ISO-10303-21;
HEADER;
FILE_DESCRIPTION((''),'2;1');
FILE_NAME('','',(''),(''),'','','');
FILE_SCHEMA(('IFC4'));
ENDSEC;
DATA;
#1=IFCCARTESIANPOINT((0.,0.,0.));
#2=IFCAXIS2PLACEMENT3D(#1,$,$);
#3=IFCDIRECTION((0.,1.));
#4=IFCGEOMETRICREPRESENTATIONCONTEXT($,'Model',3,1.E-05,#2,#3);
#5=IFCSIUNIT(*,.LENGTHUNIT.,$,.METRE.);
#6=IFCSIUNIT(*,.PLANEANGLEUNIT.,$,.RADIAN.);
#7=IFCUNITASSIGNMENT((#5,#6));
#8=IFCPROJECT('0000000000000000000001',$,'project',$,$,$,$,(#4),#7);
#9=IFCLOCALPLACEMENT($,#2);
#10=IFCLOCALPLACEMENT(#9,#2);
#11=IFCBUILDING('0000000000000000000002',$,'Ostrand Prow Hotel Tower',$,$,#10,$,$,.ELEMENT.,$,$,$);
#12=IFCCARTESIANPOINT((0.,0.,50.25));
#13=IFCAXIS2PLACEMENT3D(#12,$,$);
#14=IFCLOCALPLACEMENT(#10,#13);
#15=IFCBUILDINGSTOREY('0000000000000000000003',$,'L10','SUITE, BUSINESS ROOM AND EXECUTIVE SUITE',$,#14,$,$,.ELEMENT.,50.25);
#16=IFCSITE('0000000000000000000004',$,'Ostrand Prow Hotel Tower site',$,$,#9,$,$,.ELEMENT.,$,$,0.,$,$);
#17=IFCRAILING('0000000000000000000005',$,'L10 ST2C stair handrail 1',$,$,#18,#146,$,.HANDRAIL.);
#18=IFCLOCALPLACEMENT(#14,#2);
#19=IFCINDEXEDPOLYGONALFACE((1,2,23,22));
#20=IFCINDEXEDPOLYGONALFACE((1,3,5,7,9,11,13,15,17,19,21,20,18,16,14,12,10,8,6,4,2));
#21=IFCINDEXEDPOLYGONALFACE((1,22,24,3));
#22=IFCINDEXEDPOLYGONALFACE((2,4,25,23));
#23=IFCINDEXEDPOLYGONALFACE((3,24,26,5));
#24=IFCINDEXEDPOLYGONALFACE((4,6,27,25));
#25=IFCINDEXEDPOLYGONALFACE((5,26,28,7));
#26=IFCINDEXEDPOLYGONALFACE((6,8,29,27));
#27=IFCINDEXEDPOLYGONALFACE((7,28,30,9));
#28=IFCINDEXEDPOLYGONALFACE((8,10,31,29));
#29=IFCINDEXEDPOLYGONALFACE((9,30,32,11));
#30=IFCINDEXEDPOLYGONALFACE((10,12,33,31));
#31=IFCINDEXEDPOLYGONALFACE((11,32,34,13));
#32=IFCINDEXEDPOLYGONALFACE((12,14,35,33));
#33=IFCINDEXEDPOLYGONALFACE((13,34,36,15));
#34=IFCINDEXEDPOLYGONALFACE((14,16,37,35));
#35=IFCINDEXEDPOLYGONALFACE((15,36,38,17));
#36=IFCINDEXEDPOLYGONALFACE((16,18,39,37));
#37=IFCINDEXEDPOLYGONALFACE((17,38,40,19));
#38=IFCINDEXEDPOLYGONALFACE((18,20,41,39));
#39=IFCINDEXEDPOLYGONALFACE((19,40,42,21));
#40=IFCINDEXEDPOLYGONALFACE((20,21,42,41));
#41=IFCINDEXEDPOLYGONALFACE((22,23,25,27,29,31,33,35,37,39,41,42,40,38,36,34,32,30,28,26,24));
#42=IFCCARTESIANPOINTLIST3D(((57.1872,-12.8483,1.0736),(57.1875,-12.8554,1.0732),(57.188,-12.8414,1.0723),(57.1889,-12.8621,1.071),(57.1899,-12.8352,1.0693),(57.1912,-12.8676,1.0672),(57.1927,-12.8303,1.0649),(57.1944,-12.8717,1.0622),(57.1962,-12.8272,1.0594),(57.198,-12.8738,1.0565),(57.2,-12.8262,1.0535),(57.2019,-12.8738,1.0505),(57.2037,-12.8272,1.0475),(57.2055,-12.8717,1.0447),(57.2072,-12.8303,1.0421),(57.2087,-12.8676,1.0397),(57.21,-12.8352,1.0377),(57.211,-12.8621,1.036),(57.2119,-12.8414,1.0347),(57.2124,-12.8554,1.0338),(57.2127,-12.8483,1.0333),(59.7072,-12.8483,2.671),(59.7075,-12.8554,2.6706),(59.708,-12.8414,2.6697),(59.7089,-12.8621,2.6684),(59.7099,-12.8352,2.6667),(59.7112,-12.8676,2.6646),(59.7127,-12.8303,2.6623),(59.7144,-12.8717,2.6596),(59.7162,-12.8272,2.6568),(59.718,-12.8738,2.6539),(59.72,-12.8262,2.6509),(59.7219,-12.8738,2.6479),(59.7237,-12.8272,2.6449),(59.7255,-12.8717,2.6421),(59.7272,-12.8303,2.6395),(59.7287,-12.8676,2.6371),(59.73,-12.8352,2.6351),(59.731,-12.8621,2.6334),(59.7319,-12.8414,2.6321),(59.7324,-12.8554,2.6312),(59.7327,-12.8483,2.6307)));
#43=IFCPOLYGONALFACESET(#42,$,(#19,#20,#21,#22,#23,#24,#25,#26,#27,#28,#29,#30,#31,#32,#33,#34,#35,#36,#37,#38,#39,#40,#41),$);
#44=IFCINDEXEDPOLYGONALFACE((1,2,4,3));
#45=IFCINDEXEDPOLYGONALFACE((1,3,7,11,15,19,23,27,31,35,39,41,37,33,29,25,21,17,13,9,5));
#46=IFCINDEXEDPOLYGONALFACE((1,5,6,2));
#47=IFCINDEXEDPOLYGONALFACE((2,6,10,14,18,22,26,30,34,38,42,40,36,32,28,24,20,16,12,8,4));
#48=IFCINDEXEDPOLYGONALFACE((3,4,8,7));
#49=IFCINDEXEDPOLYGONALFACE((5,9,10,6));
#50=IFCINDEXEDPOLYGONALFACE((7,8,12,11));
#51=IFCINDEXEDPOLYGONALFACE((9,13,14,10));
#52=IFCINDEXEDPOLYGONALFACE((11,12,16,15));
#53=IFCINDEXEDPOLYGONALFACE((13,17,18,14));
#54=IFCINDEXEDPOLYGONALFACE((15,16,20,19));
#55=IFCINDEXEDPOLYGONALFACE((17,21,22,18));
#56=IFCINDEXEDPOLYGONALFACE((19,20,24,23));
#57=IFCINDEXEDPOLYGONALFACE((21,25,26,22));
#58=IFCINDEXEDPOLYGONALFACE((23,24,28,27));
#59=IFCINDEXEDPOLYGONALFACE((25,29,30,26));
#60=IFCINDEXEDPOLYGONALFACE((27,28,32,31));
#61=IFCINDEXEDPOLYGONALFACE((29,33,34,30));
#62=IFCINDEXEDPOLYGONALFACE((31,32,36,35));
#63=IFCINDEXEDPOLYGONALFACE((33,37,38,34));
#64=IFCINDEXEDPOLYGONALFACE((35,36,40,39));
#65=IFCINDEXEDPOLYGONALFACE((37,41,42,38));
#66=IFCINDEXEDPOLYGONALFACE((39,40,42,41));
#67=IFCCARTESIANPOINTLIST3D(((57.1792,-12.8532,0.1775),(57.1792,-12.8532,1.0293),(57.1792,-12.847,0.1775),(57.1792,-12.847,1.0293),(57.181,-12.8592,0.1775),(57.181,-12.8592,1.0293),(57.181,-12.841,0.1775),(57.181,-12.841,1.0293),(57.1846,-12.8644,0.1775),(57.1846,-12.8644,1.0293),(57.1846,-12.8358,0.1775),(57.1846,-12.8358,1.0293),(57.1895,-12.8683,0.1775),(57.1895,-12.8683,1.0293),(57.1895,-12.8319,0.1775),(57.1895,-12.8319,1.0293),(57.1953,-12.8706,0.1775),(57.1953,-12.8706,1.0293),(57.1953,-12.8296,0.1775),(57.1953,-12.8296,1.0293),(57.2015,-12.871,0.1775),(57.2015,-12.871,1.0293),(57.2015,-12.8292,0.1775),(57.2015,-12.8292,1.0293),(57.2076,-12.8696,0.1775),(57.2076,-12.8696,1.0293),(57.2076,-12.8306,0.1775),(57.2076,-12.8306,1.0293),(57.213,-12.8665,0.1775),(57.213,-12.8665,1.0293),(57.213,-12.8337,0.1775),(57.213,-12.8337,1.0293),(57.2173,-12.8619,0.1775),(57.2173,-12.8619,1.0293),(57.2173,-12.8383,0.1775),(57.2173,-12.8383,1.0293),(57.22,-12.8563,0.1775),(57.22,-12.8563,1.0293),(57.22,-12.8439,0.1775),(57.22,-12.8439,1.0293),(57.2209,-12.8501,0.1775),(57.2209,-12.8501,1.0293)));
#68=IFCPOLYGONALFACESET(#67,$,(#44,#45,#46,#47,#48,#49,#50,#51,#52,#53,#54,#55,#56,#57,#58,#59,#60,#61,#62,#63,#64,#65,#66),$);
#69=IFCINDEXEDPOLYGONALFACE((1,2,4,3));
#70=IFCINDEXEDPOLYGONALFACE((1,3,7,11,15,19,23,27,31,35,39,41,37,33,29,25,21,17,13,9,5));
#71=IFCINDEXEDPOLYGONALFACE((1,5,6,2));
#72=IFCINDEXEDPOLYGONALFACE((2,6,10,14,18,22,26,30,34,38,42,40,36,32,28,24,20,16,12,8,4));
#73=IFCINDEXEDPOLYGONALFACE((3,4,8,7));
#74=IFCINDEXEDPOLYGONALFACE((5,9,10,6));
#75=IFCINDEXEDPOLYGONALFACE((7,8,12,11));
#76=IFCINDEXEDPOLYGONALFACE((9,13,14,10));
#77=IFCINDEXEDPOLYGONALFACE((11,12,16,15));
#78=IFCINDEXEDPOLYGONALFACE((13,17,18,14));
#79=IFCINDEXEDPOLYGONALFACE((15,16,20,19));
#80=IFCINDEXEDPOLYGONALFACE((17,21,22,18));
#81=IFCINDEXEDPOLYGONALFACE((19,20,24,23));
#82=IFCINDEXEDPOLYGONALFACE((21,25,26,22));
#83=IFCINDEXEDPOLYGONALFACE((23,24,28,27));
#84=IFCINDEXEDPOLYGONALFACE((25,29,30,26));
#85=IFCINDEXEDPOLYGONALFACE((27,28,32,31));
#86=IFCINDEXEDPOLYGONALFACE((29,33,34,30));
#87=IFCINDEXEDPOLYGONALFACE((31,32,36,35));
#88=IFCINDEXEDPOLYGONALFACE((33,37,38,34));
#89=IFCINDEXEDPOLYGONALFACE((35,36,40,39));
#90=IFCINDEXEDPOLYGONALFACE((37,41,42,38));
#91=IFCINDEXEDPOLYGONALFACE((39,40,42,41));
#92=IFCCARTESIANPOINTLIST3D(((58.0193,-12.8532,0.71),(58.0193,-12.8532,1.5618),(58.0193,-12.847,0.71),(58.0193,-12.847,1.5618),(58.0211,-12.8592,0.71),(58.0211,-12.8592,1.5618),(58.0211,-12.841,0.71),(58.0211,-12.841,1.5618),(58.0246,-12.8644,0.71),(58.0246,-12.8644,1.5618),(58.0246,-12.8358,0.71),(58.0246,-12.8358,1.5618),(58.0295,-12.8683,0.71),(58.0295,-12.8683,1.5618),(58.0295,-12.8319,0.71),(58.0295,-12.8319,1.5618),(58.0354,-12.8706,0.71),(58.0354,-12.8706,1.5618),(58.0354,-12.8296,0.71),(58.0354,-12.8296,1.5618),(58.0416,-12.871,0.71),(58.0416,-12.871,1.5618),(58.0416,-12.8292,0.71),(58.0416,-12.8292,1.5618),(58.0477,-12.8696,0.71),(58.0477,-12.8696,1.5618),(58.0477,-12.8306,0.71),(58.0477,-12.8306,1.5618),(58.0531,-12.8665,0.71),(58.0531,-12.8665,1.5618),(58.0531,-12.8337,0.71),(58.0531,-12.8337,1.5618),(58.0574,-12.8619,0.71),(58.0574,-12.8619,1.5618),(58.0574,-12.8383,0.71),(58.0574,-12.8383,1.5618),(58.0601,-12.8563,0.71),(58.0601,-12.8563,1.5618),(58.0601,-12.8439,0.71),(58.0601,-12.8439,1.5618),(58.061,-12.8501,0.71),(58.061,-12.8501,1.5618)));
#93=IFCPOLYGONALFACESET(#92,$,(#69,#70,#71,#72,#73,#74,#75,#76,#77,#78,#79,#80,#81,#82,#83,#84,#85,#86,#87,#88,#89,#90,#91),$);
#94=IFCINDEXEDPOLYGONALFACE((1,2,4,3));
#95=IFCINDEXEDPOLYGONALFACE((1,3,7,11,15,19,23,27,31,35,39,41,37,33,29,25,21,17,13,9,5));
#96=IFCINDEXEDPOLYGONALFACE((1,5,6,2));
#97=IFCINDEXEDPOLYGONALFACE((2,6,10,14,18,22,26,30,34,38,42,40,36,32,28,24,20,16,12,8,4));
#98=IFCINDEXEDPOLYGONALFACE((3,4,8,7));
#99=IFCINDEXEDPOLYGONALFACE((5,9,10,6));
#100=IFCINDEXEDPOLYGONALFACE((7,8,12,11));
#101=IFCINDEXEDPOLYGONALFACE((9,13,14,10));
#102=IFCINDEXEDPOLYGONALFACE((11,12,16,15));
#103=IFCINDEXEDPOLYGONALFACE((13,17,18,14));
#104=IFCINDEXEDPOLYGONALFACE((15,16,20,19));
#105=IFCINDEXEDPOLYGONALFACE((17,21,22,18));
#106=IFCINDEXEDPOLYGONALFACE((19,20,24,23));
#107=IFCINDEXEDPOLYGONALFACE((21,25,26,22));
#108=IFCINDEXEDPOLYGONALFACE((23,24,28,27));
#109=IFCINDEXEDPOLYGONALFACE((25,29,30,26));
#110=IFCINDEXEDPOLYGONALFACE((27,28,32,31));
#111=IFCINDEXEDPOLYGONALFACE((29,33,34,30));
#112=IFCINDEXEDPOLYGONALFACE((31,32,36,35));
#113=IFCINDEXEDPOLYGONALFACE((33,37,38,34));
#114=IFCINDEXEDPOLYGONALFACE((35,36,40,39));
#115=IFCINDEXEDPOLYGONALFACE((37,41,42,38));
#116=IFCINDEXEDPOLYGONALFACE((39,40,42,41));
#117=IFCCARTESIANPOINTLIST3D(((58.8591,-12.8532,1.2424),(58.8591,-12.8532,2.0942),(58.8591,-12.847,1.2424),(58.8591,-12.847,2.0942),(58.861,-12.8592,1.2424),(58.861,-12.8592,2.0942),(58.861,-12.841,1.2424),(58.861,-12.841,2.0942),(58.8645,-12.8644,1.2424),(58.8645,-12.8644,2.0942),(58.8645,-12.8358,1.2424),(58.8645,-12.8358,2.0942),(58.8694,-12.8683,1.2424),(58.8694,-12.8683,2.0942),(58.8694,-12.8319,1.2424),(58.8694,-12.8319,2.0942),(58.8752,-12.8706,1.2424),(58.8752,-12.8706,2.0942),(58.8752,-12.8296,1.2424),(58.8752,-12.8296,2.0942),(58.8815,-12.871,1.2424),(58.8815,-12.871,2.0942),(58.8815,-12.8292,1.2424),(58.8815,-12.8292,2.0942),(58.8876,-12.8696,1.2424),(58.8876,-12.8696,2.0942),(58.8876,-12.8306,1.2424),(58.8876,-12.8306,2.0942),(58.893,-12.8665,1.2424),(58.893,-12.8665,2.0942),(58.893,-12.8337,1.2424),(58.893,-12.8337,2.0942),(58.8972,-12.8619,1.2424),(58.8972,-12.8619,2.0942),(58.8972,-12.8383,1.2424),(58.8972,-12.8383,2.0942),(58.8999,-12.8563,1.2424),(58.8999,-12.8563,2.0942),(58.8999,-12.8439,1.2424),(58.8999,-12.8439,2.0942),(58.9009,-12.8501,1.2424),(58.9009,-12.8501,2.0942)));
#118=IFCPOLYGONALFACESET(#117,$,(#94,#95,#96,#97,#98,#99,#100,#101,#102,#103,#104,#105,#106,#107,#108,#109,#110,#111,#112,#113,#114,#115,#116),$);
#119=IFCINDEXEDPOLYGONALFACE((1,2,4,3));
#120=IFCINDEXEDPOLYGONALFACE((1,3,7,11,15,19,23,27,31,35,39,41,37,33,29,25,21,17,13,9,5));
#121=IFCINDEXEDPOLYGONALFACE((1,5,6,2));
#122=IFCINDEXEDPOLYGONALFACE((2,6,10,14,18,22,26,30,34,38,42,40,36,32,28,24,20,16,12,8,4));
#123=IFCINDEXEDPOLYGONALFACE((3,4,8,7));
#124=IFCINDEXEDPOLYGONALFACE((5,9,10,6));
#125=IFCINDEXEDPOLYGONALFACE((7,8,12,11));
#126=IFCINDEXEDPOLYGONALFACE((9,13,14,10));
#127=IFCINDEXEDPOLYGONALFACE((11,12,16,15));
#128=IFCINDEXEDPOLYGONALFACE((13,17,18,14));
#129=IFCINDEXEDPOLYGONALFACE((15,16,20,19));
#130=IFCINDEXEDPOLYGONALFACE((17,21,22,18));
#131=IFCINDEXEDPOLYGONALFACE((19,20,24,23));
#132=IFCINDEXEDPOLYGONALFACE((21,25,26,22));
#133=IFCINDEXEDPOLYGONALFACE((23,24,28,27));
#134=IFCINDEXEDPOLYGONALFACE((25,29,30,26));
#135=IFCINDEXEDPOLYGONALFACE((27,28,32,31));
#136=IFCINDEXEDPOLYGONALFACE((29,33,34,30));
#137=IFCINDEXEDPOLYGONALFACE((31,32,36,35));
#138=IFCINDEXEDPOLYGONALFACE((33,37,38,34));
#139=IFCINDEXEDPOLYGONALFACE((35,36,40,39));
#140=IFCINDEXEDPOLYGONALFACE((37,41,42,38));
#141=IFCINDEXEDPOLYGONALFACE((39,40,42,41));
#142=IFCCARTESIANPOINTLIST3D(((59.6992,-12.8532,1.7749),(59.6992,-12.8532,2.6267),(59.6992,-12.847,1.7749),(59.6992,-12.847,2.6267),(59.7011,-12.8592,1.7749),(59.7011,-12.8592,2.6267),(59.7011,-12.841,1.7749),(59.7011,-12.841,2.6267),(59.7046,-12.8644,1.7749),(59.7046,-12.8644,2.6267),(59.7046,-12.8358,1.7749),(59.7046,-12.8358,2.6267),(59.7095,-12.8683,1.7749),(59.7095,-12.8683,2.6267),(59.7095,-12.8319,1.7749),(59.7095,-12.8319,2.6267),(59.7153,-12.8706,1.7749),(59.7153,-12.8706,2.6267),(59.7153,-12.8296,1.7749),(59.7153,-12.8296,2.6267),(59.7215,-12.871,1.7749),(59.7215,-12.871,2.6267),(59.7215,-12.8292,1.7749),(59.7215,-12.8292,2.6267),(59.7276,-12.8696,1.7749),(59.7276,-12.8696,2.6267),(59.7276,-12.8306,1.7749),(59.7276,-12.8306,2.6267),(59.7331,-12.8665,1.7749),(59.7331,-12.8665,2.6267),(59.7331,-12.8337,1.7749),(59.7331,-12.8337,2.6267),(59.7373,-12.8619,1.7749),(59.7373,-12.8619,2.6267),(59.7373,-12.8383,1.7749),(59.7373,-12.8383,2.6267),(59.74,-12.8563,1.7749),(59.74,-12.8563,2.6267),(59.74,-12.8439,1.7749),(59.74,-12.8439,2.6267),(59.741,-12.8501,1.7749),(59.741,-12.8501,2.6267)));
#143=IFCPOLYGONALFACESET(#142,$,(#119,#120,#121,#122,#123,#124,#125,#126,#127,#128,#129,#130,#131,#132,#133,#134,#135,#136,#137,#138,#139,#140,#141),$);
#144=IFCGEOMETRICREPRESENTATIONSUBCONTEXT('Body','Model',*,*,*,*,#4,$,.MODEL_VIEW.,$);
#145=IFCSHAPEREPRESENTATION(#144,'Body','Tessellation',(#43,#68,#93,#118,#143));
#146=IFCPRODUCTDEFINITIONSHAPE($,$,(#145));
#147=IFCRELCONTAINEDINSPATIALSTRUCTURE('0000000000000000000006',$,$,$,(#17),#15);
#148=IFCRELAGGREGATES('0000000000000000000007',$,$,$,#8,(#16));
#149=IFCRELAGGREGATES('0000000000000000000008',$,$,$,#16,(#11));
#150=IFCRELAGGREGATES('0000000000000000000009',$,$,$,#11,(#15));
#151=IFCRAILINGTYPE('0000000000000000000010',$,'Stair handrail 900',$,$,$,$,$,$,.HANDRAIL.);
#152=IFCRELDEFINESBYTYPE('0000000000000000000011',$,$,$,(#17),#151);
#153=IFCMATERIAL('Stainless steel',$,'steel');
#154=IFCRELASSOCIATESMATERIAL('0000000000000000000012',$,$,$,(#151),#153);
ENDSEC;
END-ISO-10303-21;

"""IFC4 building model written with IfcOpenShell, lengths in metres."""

from ifc_helpers import new_model, si_unit, direction, frame, origin, origin_2d, place, context, subcontext, project, spatial, circle, extrude, material, type_object, element, save


model = new_model("IFC4")

# Units and contexts
model_context = context("Model", 3, precision=1e-05, world=origin(), true_north=direction((0.0, 1.0)))
body_context = subcontext(model_context, "Body", "Model", "MODEL_VIEW")
ifc_project = project(units=[si_unit("LENGTHUNIT", "METRE"), si_unit("PLANEANGLEUNIT", "RADIAN")], contexts=[model_context])

# Site, building, storey
site_placement = place(None, origin())
site = spatial("IfcSite", under=ifc_project, at=site_placement, Name="Ostrand Prow Hotel Tower site", CompositionType="ELEMENT", RefElevation=0.0)
building_placement = place(site_placement, origin())
building = spatial("IfcBuilding", under=site, at=building_placement, Name="Ostrand Prow Hotel Tower", CompositionType="ELEMENT")
storey_placement = place(building_placement, frame((0.0, 0.0, 50.25)))
storey = spatial("IfcBuildingStorey", under=building, at=storey_placement, Name="L10", Description="SUITE, BUSINESS ROOM AND EXECUTIVE SUITE", CompositionType="ELEMENT", Elevation=50.25)

# Railing
ifc_material_1 = material(Name="Stainless steel", Category="steel")
railing_type_1 = type_object("IfcRailingType", Name="Stair handrail 900", PredefinedType="HANDRAIL", material=ifc_material_1)
railing_1_placement = place(storey_placement, frame((57.2, -12.8501, 0.1775)))
element("IfcRailing", 1, at=railing_1_placement, inside=storey, type_object=railing_type_1, Name="L10 ST2C stair handrail 1", PredefinedType="HANDRAIL", context=body_context, shape_type="SweptSolid", body=[
    extrude(circle(Radius=0.0239, at=origin_2d()), frame((0.0, 0.0, 0.876), z_axis=(0.844607, 0.0, 0.535387), x_axis=(0.0, 1.0, 0.0)), (0.0, 0.0, 1.0), 2.9836),
    extrude(circle(Radius=0.021, at=origin_2d()), origin(), (0.0, 0.0, 1.0), 0.8518),
    extrude(circle(Radius=0.021, at=origin_2d()), frame((0.8401, 0.0, 0.5325)), (0.0, 0.0, 1.0), 0.8518),
    extrude(circle(Radius=0.021, at=origin_2d()), frame((1.6799, 0.0, 1.0649)), (0.0, 0.0, 1.0), 0.8518),
    extrude(circle(Radius=0.021, at=origin_2d()), frame((2.52, 0.0, 1.5974)), (0.0, 0.0, 1.0), 0.8518),
])

save(model, "model.ifc")
